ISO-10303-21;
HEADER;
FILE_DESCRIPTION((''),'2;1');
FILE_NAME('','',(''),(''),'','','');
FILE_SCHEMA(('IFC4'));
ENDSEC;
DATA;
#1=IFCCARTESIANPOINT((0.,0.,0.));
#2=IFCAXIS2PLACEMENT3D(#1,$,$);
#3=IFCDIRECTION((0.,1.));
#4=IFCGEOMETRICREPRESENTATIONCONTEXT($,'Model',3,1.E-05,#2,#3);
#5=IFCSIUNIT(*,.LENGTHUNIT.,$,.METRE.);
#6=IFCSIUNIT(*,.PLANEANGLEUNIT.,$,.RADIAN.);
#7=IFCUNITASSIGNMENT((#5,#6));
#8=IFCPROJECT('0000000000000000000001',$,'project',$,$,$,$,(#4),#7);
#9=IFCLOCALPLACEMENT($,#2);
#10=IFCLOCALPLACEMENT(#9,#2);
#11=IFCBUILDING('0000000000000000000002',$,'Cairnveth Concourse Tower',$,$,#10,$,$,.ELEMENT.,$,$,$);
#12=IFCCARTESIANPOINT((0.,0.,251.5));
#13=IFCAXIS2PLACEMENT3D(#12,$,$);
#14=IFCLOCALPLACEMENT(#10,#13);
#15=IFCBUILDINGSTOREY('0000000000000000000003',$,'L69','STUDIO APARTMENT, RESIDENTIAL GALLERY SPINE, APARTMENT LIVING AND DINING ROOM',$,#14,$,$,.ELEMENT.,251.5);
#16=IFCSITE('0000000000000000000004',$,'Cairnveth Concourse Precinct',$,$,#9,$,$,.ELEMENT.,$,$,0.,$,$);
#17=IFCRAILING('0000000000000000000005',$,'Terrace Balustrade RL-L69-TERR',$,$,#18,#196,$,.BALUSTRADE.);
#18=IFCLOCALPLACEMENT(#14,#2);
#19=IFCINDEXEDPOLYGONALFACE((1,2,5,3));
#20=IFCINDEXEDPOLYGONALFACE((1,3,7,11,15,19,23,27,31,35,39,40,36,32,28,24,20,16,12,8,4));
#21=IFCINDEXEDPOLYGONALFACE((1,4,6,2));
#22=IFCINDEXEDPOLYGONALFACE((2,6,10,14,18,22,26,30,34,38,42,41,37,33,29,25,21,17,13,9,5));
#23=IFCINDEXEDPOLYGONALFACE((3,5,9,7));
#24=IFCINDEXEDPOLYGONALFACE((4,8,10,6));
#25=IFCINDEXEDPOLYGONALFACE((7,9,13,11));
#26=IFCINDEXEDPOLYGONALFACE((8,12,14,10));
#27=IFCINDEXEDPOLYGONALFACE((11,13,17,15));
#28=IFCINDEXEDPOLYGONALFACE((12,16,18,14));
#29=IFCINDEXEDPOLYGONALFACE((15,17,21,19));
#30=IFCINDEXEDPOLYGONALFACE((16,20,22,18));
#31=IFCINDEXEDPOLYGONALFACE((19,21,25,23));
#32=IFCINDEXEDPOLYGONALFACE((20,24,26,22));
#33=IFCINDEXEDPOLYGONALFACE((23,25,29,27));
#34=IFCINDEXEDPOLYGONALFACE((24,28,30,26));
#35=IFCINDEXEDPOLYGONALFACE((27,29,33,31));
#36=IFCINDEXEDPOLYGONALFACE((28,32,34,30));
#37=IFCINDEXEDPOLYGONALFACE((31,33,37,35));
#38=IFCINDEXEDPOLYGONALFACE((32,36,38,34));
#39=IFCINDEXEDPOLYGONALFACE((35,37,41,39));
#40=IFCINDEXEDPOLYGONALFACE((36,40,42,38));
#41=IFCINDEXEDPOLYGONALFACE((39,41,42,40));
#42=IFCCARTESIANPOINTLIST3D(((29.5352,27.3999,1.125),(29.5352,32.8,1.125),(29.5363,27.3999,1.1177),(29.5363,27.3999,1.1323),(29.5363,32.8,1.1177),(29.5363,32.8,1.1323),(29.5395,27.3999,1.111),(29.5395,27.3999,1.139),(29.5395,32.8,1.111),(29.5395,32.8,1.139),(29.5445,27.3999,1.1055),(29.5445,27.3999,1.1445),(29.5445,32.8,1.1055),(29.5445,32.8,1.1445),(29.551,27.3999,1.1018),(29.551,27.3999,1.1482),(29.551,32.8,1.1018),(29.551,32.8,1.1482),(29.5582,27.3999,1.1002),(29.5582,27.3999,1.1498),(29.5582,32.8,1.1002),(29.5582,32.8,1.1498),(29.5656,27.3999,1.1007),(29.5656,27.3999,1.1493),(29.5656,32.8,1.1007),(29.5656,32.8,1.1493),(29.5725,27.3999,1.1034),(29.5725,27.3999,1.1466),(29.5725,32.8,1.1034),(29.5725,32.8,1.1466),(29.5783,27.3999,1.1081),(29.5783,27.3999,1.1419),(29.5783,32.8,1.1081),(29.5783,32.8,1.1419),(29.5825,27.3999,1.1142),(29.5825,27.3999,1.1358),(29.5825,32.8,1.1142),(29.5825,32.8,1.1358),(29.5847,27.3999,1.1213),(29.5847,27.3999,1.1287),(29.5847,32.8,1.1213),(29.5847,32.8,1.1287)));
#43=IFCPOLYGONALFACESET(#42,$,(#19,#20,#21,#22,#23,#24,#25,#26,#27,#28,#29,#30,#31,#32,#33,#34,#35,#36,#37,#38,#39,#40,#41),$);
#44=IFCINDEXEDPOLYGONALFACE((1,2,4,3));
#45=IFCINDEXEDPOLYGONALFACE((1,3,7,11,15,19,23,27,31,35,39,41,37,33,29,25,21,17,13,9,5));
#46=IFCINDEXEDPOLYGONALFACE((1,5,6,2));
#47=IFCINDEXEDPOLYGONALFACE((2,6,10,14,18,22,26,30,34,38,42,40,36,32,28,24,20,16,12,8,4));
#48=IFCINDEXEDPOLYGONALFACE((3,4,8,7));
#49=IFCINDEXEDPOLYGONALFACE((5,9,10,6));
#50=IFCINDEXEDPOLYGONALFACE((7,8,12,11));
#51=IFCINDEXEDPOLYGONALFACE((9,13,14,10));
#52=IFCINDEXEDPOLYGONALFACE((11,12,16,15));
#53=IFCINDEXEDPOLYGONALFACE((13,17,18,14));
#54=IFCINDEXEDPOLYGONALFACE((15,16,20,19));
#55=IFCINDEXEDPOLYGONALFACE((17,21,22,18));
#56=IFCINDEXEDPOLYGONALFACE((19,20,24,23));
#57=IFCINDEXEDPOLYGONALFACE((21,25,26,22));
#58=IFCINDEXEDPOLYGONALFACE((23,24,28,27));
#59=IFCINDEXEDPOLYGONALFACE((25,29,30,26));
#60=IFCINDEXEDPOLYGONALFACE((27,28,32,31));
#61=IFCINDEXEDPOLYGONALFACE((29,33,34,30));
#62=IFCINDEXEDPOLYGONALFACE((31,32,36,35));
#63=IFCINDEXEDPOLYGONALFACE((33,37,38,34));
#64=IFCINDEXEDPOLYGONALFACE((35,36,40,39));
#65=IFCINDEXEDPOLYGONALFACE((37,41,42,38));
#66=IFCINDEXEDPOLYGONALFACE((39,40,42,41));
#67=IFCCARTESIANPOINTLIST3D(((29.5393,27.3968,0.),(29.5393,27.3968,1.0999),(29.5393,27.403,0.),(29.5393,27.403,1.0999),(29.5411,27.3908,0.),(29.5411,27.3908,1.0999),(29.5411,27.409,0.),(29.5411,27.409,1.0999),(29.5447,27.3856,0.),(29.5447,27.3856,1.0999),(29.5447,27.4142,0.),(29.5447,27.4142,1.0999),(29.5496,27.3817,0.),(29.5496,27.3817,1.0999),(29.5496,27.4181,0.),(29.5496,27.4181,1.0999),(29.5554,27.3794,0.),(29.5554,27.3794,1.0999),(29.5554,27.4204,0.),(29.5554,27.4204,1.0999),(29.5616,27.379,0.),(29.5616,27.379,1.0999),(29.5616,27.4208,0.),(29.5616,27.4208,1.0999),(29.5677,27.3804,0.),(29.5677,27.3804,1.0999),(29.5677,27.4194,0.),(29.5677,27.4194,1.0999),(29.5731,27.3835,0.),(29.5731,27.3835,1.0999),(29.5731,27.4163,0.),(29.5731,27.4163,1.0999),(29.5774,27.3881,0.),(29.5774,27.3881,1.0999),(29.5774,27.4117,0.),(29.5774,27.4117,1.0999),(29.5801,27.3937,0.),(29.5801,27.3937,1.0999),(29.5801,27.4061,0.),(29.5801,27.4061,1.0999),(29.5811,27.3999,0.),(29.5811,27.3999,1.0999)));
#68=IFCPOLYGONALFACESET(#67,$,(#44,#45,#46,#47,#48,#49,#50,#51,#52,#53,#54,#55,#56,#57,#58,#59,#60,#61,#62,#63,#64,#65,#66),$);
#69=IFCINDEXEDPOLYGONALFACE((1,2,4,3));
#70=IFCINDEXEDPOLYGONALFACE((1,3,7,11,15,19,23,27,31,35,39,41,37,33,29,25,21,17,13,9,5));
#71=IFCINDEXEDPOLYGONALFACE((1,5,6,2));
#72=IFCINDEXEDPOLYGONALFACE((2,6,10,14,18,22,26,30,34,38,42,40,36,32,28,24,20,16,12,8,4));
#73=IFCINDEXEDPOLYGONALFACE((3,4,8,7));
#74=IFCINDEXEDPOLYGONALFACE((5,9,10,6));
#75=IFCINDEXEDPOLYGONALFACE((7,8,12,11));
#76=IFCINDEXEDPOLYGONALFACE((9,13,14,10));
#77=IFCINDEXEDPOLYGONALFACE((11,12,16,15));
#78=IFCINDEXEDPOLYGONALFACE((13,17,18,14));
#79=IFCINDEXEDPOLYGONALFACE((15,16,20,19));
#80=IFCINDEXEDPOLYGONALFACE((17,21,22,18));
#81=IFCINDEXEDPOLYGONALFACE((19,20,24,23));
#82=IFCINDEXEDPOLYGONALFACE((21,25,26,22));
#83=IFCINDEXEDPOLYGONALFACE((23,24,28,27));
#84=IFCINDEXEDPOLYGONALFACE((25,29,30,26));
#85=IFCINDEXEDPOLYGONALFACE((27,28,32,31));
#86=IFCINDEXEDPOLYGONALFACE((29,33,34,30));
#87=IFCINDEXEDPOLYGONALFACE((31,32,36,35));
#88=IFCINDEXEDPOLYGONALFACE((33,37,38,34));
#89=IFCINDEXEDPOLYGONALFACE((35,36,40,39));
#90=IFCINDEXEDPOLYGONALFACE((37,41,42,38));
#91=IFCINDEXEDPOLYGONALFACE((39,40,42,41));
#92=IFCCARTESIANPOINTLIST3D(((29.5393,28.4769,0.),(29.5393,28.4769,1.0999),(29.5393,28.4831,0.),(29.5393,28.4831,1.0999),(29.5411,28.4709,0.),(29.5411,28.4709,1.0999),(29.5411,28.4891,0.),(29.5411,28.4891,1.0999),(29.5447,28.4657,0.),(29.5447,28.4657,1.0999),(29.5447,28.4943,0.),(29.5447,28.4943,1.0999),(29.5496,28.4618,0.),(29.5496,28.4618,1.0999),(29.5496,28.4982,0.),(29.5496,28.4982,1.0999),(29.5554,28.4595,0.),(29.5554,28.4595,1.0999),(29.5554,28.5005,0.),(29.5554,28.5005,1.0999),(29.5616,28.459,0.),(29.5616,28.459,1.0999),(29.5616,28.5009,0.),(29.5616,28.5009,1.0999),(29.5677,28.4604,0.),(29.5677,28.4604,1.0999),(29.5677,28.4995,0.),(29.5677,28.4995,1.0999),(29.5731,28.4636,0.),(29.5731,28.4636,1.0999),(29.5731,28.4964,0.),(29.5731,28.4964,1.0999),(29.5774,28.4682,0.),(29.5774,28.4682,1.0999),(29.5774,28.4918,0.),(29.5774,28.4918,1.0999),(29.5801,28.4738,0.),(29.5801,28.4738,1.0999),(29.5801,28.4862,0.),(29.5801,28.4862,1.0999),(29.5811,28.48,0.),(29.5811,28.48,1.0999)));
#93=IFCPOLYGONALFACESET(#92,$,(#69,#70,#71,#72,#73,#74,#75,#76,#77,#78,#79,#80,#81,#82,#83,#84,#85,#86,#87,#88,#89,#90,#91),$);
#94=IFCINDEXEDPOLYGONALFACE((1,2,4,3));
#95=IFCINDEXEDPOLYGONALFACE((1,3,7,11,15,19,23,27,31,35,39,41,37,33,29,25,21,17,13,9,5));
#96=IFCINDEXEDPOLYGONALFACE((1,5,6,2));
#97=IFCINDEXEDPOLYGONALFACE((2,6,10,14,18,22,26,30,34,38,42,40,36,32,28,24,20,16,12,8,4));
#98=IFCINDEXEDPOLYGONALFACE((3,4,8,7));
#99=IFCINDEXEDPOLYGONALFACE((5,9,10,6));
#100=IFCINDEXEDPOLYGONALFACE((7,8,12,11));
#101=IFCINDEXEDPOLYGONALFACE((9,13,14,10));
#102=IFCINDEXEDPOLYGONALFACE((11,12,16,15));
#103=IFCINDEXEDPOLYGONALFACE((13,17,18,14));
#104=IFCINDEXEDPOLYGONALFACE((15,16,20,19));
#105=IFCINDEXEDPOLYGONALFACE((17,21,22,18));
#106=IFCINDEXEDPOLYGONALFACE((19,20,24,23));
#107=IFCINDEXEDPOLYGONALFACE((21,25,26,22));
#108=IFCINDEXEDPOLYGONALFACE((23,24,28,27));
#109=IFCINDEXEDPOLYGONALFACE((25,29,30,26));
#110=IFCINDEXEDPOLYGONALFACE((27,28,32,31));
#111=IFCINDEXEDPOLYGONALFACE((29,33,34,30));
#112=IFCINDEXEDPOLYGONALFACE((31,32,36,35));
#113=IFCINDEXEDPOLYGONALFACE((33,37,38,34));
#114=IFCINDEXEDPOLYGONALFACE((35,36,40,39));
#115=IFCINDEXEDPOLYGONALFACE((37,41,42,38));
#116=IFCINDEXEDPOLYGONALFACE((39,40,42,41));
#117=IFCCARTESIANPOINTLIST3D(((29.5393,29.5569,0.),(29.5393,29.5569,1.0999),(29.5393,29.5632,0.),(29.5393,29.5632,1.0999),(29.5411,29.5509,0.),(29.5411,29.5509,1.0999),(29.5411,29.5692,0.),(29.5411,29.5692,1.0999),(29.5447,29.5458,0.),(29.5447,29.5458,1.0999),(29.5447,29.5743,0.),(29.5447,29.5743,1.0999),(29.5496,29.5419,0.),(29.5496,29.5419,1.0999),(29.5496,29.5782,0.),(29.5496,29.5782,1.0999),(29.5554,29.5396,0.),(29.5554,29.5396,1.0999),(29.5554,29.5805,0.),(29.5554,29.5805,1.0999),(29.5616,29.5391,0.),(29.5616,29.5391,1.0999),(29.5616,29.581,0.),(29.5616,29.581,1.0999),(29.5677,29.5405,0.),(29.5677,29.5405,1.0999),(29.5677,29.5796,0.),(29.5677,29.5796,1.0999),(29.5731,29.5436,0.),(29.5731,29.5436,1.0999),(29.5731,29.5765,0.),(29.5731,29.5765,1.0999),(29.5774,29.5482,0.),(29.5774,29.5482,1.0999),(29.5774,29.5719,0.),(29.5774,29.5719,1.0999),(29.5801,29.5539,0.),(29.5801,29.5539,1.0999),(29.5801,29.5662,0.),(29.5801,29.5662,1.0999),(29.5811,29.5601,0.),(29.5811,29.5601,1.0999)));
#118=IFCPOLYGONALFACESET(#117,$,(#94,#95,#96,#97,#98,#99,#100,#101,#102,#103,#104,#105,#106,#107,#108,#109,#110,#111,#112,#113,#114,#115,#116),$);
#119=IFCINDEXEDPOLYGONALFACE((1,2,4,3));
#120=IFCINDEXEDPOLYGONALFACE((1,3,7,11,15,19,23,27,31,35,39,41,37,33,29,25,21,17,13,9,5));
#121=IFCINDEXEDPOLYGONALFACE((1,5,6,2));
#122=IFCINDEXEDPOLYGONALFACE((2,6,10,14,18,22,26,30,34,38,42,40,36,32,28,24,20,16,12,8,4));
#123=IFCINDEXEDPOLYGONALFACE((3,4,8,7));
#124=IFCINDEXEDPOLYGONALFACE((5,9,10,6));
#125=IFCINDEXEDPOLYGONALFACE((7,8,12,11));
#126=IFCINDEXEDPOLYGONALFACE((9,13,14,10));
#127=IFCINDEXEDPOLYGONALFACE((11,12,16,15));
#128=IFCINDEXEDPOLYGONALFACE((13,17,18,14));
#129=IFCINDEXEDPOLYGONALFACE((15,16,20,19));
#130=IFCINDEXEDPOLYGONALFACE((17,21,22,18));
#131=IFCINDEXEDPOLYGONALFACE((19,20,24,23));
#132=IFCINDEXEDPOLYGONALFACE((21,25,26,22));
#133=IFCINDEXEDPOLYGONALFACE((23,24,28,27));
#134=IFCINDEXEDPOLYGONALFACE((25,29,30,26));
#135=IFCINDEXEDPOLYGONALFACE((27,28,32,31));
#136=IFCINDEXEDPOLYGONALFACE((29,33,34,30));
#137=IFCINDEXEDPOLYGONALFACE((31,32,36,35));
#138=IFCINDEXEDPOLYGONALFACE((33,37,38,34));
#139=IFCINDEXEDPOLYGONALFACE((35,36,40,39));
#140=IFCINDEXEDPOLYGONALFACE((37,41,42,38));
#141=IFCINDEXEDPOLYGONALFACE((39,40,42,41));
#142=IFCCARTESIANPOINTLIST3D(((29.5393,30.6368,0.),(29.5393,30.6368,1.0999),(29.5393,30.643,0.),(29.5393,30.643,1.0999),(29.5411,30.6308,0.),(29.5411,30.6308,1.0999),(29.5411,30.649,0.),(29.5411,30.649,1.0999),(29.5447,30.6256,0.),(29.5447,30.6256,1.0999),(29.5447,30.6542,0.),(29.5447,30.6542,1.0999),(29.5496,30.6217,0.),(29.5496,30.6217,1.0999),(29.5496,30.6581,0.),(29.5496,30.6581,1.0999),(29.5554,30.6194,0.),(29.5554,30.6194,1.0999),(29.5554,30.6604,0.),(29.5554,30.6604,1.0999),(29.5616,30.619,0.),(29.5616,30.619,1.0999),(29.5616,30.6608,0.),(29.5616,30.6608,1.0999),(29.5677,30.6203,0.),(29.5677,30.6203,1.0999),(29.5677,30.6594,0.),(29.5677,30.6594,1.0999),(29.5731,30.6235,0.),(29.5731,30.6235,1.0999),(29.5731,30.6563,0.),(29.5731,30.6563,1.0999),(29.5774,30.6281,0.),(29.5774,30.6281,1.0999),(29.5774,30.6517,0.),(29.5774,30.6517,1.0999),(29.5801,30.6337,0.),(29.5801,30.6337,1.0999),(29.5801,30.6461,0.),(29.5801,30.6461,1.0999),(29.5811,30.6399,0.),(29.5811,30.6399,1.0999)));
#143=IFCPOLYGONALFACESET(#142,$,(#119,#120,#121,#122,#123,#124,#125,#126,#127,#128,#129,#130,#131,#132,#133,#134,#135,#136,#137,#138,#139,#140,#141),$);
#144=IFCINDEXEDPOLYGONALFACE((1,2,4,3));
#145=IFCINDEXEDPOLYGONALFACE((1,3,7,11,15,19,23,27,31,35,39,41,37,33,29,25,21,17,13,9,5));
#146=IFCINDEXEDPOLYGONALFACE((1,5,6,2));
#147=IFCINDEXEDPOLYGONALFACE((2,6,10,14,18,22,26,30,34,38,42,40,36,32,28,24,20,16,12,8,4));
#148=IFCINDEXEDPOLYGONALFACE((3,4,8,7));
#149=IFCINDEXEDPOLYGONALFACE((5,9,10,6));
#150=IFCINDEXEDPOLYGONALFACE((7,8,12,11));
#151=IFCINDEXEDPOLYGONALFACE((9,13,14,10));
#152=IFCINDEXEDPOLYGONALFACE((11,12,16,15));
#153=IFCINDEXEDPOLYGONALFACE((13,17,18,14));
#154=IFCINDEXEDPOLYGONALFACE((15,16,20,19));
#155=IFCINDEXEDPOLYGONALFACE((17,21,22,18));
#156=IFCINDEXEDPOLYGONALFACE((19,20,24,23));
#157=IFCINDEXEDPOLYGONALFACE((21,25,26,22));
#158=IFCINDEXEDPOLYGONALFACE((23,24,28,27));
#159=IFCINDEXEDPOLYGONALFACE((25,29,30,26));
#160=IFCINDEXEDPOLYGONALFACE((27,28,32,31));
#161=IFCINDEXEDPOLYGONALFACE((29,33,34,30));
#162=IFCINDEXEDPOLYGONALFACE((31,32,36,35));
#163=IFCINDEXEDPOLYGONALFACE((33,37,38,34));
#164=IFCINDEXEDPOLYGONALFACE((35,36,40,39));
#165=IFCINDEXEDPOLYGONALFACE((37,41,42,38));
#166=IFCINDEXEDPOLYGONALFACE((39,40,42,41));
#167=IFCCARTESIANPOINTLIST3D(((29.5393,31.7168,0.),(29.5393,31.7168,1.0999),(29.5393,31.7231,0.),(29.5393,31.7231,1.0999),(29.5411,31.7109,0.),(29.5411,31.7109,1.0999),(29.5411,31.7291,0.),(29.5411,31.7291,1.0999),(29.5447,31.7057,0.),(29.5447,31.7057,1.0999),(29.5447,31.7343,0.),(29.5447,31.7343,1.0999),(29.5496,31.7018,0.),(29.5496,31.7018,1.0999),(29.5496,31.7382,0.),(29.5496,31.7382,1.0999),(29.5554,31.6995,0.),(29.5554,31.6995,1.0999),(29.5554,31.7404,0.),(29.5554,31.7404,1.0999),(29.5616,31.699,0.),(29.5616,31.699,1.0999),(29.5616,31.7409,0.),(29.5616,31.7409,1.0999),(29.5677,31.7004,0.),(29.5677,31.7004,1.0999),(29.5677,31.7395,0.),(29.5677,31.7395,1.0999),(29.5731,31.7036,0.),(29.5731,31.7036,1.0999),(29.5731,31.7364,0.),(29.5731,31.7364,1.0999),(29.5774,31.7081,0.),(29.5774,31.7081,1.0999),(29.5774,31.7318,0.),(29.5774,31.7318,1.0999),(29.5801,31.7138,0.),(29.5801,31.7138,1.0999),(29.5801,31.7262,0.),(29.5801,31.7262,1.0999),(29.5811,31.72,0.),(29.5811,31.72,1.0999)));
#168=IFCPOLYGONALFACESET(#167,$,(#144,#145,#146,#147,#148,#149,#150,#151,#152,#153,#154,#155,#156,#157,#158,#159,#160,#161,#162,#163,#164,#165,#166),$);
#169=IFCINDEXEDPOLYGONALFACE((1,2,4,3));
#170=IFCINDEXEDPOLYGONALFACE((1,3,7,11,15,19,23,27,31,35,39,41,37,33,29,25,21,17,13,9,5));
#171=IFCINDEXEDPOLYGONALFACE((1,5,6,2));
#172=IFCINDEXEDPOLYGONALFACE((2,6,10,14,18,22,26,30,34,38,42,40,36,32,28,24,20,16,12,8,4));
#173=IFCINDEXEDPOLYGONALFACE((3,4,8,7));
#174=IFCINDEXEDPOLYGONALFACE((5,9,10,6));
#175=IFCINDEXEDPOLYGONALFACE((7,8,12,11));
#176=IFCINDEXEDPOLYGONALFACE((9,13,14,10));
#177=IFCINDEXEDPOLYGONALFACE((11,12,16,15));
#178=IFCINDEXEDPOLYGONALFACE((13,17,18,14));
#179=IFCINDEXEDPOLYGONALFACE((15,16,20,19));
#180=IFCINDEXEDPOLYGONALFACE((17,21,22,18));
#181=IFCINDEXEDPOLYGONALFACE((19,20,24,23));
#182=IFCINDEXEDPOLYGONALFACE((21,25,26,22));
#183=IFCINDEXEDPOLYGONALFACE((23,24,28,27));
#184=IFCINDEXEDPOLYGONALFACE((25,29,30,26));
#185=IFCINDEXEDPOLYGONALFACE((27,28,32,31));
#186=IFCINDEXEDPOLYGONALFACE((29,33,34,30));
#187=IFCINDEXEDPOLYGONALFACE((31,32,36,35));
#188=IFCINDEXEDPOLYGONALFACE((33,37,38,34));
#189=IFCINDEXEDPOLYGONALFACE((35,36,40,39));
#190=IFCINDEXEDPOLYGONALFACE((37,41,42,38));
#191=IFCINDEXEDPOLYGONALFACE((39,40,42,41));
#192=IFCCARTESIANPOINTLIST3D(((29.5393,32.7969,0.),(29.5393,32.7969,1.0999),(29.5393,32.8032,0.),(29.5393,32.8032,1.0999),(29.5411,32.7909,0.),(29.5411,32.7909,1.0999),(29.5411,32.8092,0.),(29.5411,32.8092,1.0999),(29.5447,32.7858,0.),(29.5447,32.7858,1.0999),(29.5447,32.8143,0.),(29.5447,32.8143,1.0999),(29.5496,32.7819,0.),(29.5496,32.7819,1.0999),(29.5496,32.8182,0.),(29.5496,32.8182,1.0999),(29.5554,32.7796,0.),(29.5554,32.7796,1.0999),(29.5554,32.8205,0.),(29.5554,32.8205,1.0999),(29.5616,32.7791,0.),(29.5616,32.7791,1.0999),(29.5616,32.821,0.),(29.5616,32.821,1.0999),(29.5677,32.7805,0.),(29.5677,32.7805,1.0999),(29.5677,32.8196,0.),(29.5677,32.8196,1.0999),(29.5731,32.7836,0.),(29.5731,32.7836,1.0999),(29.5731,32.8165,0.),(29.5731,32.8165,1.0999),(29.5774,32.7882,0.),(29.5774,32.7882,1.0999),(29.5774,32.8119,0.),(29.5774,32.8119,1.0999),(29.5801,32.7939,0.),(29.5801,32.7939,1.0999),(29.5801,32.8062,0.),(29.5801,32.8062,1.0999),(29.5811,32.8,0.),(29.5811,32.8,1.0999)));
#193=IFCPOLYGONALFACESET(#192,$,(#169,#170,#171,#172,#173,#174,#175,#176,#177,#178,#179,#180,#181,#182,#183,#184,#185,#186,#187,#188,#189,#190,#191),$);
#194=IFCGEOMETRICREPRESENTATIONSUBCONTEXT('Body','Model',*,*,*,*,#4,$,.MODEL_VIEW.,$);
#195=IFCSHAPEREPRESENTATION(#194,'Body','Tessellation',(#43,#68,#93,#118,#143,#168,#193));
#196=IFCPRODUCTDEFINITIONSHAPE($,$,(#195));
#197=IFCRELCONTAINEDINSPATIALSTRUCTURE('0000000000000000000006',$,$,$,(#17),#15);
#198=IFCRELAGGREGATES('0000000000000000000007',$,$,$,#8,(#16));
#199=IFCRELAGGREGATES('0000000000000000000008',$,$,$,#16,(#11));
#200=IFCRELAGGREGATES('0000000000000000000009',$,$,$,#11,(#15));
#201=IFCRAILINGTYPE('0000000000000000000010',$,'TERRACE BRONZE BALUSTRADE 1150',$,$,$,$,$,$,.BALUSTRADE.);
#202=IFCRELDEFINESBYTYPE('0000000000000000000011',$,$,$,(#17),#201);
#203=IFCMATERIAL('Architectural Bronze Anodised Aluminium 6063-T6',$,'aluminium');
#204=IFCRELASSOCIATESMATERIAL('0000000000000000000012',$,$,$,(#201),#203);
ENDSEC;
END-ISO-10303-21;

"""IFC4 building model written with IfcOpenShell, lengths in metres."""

from ifc_helpers import new_model, si_unit, direction, frame, origin, origin_2d, place, context, subcontext, project, spatial, circle, extrude, material, type_object, element, save


model = new_model("IFC4")

# Units and contexts
model_context = context("Model", 3, precision=1e-05, world=origin(), true_north=direction((0.0, 1.0)))
body_context = subcontext(model_context, "Body", "Model", "MODEL_VIEW")
ifc_project = project(units=[si_unit("LENGTHUNIT", "METRE"), si_unit("PLANEANGLEUNIT", "RADIAN")], contexts=[model_context])

# Site, building, storey
site_placement = place(None, origin())
site = spatial("IfcSite", under=ifc_project, at=site_placement, Name="Cairnveth Concourse Precinct", CompositionType="ELEMENT", RefElevation=0.0)
building_placement = place(site_placement, origin())
building = spatial("IfcBuilding", under=site, at=building_placement, Name="Cairnveth Concourse Tower", CompositionType="ELEMENT")
storey_placement = place(building_placement, frame((0.0, 0.0, 251.5)))
storey = spatial("IfcBuildingStorey", under=building, at=storey_placement, Name="L69", Description="STUDIO APARTMENT, RESIDENTIAL GALLERY SPINE, APARTMENT LIVING AND DINING ROOM", CompositionType="ELEMENT", Elevation=251.5)

# Railing
ifc_material_1 = material(Name="Architectural Bronze Anodised Aluminium 6063-T6", Category="aluminium")
railing_type = type_object("IfcRailingType", Name="TERRACE BRONZE BALUSTRADE 1150", PredefinedType="BALUSTRADE", material=ifc_material_1)
railing_placement = place(storey_placement, frame((29.5601, 27.3999, 0.0)))
element("IfcRailing", 1, at=railing_placement, inside=storey, type_object=railing_type, Name="Terrace Balustrade RL-L69-TERR", PredefinedType="BALUSTRADE", context=body_context, shape_type="SweptSolid", body=[
    extrude(circle(Radius=0.0249, at=origin_2d()), frame((0.0, 0.0, 1.125), z_axis=(0.0, 1.0, 0.0), x_axis=(-1.0, 0.0, 0.0)), (0.0, 0.0, 1.0), 5.4001),
    extrude(circle(Radius=0.021, at=origin_2d()), origin(), (0.0, 0.0, 1.0), 1.0999),
    extrude(circle(Radius=0.021, at=origin_2d()), frame((0.0, 1.0801, 0.0)), (0.0, 0.0, 1.0), 1.0999),
    extrude(circle(Radius=0.021, at=origin_2d()), frame((0.0, 2.1602, 0.0)), (0.0, 0.0, 1.0), 1.0999),
    extrude(circle(Radius=0.021, at=origin_2d()), frame((0.0, 3.24, 0.0)), (0.0, 0.0, 1.0), 1.0999),
    extrude(circle(Radius=0.021, at=origin_2d()), frame((0.0, 4.3201, 0.0)), (0.0, 0.0, 1.0), 1.0999),
    extrude(circle(Radius=0.021, at=origin_2d()), frame((0.0, 5.4001, 0.0)), (0.0, 0.0, 1.0), 1.0999),
])

save(model, "model.ifc")
